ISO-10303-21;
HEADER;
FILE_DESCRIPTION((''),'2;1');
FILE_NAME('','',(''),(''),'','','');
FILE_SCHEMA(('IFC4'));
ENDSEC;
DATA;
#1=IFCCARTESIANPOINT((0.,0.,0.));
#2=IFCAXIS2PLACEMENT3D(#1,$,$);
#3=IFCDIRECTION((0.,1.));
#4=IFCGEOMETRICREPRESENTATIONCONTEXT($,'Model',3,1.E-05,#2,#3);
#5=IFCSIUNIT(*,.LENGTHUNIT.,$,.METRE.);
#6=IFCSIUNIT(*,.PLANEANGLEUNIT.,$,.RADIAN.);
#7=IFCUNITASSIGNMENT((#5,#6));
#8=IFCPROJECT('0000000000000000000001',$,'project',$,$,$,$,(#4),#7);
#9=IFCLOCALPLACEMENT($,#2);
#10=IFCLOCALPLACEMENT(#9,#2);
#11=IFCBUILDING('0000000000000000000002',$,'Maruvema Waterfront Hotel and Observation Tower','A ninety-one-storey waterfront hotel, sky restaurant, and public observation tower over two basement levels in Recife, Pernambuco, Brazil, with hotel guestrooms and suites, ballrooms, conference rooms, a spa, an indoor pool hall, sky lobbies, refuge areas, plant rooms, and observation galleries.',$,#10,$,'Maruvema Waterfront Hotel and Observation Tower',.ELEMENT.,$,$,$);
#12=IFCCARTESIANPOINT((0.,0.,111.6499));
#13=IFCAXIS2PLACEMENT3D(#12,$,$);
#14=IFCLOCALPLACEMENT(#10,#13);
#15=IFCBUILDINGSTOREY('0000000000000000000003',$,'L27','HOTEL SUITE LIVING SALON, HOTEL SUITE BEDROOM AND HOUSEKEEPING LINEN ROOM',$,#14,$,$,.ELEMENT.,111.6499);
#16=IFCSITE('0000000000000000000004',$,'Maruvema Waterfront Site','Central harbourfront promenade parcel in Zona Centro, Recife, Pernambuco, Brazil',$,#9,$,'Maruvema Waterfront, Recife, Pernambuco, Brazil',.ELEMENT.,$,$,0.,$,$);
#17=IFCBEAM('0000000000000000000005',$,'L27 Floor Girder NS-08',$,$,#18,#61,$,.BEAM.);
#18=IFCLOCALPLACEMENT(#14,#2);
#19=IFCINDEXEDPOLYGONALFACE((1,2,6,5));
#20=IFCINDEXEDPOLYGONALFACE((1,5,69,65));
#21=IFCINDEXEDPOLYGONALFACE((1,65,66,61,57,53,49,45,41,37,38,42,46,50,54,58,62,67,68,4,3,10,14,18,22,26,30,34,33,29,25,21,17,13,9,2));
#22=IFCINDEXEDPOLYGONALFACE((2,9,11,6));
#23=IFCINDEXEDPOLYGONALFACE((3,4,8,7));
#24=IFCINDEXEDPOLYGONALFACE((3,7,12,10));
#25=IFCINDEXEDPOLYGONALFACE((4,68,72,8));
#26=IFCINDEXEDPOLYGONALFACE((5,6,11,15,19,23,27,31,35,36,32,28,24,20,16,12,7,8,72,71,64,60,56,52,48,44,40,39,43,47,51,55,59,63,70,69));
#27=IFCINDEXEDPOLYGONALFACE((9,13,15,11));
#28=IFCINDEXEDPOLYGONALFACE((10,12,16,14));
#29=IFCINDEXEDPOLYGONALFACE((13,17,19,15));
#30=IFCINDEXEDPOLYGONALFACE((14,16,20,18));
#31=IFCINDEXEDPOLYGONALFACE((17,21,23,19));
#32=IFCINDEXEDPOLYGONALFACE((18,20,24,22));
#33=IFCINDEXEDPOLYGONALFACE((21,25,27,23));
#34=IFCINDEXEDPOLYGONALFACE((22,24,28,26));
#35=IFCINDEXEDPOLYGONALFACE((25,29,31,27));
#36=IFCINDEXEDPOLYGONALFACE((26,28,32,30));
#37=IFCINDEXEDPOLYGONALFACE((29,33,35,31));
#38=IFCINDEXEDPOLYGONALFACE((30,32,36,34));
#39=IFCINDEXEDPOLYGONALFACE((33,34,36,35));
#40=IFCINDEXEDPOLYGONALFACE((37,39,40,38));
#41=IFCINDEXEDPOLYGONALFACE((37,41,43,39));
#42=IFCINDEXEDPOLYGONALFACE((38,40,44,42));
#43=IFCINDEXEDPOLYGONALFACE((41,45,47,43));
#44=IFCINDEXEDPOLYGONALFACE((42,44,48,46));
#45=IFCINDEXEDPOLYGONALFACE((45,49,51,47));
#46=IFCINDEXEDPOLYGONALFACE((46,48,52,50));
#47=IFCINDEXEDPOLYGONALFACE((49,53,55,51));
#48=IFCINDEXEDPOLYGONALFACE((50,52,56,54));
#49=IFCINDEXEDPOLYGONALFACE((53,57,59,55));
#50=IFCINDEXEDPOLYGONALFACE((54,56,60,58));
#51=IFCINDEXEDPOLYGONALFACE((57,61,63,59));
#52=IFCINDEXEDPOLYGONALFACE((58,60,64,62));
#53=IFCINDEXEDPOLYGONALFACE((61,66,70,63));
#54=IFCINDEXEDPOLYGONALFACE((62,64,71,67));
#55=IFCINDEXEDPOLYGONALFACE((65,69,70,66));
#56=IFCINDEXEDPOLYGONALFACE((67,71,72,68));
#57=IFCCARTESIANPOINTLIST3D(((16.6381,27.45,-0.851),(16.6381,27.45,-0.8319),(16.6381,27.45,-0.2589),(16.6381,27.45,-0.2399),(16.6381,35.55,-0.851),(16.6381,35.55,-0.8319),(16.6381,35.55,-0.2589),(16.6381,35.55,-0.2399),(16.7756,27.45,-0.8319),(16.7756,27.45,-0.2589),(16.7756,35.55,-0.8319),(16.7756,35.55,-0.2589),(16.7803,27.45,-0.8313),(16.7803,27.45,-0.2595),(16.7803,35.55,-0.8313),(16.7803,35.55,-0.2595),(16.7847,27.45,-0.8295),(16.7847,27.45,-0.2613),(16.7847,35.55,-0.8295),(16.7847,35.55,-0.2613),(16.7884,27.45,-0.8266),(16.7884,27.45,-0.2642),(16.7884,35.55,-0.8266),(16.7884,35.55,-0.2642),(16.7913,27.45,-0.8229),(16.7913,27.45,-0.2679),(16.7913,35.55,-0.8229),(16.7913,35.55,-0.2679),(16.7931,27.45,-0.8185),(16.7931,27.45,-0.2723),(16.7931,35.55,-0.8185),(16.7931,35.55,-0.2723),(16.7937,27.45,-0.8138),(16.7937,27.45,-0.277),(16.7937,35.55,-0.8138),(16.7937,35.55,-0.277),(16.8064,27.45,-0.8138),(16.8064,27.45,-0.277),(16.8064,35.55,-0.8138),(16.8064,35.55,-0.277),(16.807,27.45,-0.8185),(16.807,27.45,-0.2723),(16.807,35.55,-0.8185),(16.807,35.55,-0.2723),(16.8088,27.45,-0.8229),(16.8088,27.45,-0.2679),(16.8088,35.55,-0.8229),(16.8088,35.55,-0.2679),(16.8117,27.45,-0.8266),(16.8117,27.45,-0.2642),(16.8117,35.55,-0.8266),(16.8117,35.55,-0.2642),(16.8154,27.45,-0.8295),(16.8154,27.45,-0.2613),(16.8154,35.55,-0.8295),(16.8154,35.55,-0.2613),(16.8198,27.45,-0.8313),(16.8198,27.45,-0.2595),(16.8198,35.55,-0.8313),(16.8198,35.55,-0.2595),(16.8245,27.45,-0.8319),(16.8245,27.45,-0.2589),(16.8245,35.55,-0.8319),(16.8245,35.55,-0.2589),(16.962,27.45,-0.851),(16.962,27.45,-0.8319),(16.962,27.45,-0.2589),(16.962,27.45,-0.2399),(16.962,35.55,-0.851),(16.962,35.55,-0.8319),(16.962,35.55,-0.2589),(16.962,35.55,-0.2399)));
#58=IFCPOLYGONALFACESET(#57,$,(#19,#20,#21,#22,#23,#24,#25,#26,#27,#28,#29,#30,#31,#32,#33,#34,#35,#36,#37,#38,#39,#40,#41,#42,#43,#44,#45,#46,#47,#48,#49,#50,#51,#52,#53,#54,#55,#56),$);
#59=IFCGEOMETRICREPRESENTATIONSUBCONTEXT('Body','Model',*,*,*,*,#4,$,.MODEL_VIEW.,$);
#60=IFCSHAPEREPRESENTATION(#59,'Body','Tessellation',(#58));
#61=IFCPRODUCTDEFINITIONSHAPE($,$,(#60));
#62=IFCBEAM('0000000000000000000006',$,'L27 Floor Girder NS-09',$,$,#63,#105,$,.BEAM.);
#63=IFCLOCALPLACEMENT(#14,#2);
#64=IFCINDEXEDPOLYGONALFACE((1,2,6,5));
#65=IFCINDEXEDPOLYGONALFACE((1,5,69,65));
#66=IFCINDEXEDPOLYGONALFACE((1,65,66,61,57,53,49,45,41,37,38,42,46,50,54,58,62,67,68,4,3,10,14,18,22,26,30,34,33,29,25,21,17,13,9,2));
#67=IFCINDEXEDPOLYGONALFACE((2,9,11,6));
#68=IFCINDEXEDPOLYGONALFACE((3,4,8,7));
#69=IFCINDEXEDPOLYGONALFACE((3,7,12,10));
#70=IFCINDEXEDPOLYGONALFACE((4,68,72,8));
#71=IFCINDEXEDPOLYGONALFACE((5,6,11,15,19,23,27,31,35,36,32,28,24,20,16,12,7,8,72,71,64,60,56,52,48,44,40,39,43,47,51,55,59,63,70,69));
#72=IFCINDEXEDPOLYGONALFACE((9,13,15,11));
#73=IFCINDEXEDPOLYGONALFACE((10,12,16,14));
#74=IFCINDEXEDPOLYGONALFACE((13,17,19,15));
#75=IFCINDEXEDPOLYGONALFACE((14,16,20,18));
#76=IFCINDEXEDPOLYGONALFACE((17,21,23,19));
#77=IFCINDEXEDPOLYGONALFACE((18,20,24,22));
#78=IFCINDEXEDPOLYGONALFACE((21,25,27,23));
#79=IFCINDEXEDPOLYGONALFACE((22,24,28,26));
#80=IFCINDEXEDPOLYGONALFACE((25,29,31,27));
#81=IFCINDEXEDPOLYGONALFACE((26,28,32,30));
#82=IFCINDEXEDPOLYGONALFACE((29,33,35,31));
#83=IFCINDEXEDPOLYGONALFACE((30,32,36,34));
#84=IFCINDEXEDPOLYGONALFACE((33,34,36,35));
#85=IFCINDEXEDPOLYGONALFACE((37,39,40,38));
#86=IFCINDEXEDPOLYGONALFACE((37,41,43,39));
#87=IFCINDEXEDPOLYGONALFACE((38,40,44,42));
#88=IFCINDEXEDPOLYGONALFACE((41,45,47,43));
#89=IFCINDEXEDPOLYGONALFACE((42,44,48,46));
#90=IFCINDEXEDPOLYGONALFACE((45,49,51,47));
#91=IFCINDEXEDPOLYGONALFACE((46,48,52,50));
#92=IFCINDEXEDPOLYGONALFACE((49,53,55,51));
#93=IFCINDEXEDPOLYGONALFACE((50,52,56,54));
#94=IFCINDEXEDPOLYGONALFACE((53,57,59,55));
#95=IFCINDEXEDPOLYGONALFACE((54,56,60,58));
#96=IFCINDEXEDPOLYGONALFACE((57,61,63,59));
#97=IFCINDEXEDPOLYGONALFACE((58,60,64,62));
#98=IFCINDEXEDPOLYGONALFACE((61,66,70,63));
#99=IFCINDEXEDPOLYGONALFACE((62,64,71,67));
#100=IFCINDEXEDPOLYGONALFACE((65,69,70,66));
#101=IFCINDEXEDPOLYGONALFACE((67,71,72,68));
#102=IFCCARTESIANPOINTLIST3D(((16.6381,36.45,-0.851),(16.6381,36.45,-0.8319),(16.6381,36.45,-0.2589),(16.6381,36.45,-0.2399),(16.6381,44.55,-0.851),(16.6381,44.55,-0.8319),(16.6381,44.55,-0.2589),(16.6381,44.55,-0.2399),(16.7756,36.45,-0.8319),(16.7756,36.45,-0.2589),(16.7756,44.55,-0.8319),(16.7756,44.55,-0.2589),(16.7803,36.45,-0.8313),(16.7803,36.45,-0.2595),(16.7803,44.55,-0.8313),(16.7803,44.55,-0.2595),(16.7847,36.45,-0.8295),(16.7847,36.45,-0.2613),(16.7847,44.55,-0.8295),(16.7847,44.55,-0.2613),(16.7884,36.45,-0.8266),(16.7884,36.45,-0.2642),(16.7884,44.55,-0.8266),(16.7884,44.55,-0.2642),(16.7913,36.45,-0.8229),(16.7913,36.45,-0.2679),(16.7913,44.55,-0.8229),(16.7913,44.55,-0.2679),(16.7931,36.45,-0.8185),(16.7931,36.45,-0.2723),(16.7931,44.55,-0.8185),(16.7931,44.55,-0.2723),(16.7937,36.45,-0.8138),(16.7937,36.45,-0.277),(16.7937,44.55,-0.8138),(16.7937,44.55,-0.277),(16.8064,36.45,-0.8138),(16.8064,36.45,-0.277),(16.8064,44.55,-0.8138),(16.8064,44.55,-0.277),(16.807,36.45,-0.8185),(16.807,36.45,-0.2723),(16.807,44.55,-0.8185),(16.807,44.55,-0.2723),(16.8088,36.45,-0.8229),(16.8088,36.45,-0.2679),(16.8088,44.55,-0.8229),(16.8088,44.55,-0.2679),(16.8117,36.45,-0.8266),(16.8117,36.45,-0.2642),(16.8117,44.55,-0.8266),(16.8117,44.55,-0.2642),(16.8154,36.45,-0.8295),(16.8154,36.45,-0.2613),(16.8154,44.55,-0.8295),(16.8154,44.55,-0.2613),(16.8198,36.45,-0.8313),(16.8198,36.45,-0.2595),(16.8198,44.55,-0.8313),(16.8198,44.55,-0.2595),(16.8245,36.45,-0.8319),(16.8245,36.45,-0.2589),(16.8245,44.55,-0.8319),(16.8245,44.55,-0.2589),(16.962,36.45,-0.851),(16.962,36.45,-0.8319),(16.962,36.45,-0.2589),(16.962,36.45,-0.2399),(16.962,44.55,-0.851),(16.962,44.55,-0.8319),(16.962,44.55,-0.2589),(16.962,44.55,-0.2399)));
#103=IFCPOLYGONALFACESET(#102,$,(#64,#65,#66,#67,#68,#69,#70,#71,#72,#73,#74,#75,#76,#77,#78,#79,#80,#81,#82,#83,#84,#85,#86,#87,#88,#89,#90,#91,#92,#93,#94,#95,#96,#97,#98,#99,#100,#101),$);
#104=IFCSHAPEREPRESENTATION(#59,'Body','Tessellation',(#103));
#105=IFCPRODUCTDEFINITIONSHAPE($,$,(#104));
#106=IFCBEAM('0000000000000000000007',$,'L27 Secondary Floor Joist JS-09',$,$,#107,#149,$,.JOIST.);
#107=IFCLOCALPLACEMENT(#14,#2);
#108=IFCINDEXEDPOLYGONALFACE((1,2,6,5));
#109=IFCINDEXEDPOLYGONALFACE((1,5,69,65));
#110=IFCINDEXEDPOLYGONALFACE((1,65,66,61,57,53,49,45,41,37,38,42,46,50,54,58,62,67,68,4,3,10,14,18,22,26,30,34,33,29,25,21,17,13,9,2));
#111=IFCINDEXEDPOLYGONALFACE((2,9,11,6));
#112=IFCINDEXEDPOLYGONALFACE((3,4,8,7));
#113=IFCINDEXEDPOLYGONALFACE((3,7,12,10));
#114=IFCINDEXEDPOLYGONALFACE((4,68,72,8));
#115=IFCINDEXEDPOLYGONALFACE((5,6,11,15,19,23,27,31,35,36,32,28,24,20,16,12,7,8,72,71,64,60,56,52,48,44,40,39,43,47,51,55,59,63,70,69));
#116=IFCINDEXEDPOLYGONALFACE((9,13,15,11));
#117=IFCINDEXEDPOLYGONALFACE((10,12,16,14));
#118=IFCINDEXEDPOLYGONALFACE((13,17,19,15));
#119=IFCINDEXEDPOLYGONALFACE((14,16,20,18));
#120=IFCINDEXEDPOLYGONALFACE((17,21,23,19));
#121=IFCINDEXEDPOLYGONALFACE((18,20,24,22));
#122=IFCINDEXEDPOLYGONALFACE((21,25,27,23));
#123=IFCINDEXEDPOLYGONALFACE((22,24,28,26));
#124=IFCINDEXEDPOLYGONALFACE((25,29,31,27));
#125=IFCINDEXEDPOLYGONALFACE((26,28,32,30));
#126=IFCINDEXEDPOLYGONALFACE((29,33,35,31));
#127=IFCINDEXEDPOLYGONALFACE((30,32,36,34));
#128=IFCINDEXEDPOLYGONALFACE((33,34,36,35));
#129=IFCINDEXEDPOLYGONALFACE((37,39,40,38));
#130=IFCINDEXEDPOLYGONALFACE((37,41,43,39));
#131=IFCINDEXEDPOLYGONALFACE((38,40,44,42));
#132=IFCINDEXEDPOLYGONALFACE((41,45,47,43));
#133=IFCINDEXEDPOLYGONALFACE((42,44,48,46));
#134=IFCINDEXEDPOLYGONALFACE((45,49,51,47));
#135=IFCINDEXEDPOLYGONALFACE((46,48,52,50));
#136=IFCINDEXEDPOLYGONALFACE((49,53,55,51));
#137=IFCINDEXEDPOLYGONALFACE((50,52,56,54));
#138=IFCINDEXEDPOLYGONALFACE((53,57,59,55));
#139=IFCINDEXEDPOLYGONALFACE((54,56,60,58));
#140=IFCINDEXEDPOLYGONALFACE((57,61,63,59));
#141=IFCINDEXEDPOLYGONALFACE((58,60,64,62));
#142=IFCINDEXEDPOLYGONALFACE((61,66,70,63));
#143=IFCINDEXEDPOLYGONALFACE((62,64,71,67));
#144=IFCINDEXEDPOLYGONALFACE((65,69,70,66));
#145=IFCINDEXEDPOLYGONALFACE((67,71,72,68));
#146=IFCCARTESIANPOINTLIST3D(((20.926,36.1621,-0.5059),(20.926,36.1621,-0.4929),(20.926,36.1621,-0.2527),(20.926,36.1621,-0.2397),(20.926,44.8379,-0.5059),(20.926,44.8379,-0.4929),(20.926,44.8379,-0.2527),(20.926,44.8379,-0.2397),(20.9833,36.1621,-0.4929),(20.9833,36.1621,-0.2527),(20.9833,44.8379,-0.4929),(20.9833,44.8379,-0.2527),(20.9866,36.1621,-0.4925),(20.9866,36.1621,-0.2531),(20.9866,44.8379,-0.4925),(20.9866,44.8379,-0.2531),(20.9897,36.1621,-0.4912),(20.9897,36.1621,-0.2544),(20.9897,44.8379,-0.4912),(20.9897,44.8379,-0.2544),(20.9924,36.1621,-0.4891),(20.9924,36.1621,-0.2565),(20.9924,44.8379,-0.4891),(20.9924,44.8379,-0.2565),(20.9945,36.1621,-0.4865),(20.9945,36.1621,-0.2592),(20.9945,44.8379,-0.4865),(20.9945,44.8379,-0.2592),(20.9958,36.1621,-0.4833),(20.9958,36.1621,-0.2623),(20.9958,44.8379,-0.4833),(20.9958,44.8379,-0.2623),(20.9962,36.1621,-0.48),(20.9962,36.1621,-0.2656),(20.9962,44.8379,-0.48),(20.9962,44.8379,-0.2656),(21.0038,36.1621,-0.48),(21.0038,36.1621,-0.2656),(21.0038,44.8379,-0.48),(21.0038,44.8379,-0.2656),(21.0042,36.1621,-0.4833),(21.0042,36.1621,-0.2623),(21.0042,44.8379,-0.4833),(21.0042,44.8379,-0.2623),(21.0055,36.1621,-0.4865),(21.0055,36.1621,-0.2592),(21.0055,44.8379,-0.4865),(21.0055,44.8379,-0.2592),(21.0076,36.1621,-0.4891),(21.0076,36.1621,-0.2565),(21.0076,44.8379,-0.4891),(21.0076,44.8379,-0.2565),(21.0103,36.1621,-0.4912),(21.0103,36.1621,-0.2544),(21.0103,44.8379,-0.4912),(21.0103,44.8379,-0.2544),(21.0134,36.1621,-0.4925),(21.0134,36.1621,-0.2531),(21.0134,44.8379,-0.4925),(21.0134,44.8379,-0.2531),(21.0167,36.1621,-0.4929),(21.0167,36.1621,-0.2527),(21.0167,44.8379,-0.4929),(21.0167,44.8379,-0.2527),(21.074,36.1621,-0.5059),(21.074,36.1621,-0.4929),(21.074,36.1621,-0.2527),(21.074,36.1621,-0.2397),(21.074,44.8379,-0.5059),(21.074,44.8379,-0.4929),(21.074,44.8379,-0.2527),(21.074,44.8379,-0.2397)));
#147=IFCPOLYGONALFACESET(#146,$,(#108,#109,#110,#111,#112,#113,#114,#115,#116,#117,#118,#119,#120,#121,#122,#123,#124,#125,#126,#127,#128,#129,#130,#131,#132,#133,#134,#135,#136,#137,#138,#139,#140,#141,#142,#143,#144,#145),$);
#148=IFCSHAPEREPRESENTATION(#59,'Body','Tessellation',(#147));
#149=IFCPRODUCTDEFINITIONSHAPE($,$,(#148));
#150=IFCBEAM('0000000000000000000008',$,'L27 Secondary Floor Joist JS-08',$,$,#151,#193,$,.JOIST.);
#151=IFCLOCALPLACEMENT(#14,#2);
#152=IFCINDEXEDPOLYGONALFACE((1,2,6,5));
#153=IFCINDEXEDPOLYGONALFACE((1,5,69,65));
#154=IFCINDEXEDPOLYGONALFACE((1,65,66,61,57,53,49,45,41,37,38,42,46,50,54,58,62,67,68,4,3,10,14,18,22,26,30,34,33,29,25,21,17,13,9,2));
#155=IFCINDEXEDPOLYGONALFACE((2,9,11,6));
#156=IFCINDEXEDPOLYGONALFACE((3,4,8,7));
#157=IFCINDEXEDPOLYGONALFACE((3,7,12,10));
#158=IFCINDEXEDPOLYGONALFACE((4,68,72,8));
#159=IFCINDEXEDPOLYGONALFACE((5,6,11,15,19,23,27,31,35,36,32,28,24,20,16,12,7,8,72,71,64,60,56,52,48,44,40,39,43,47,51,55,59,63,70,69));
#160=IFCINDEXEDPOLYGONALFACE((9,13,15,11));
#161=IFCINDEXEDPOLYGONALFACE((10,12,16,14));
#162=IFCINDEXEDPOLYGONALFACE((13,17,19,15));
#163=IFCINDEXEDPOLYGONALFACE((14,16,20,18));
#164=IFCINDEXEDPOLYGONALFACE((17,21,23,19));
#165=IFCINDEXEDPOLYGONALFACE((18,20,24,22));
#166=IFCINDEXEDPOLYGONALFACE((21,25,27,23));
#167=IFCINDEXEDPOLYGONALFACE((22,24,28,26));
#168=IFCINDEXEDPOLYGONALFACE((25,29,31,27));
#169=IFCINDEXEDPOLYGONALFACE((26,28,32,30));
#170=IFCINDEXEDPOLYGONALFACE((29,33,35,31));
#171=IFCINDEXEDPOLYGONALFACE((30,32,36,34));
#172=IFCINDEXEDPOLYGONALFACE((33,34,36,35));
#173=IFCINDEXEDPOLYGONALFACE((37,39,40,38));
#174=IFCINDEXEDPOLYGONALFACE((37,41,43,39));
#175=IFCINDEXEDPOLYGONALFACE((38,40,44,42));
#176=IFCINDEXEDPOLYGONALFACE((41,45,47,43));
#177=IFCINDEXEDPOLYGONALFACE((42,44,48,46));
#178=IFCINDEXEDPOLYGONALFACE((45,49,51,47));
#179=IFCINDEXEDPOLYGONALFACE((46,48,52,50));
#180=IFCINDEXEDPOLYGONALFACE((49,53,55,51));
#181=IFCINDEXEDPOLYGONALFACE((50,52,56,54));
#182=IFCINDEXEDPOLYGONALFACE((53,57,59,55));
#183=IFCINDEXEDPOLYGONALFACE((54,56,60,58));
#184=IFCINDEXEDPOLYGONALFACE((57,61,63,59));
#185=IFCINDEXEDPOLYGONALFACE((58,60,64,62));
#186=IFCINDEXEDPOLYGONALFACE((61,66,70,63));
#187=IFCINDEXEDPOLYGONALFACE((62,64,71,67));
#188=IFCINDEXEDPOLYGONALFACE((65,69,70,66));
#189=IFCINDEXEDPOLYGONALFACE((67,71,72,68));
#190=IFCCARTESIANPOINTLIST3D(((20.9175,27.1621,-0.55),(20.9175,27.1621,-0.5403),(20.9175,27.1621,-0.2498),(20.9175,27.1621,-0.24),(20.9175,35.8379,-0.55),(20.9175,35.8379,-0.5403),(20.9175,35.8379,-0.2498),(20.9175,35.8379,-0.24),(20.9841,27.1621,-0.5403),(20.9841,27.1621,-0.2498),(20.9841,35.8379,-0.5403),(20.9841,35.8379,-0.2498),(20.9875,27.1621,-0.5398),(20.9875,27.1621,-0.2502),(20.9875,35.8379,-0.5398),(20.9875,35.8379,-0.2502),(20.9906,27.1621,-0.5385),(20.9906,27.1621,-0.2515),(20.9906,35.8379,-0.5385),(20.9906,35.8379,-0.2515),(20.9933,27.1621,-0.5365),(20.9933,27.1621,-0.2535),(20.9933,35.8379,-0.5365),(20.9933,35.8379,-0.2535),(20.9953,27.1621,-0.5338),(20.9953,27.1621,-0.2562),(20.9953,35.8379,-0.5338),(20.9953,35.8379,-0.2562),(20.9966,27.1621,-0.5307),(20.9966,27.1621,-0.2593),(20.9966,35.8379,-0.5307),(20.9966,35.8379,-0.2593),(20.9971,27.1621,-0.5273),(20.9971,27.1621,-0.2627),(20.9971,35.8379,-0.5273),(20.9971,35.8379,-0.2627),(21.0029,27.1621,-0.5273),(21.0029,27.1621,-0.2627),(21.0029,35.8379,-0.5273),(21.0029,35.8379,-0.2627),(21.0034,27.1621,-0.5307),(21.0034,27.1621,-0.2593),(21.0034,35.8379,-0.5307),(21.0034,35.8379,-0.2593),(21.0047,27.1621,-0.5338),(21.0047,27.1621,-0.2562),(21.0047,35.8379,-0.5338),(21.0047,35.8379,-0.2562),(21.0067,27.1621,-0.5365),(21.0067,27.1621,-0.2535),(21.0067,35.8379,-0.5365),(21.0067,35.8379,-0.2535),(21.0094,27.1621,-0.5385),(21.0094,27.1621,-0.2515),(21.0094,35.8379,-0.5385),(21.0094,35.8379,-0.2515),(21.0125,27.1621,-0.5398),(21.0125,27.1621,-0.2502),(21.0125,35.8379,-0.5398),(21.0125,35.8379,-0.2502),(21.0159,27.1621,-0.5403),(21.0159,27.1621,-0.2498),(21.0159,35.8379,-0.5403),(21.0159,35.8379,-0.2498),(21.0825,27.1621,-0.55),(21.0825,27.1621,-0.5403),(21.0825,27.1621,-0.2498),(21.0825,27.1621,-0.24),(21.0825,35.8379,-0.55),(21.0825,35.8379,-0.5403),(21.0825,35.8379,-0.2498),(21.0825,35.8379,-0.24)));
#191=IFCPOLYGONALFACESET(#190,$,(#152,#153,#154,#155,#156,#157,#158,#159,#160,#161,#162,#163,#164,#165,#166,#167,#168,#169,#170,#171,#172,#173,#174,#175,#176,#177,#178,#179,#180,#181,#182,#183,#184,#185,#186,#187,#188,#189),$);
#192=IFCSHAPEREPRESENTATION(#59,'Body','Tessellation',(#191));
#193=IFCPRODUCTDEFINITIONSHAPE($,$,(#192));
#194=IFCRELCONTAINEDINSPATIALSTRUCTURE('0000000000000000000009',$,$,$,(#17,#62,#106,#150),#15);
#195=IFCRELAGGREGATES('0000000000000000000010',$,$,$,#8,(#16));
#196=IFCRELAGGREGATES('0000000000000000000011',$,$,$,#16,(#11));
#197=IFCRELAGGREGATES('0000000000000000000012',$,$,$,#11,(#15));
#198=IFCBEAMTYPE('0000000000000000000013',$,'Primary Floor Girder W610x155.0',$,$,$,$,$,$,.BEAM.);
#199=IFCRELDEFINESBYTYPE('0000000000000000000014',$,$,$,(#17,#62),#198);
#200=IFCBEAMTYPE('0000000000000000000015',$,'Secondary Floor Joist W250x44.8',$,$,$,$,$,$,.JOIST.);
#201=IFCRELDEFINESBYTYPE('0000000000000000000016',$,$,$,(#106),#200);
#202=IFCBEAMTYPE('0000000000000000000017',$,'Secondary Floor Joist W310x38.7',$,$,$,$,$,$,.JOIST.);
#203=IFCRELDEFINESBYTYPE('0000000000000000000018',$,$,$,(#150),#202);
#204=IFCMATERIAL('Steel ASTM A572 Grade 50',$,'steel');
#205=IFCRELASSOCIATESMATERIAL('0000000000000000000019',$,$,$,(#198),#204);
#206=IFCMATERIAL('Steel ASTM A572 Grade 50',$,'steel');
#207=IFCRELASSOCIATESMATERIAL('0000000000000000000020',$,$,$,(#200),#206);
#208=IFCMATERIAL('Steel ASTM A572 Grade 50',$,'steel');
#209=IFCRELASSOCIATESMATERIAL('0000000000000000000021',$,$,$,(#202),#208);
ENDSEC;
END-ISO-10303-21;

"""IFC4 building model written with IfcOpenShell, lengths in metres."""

from ifc_helpers import new_model, si_unit, direction, frame, origin, origin_2d, place, context, subcontext, project, spatial, i_section, extrude, material, material_profile, profile_set, type_object, element, save


model = new_model("IFC4")

# Units and contexts
model_context = context("Model", 3, precision=1e-05, world=origin(), true_north=direction((0.0, 1.0)))
body_context = subcontext(model_context, "Body", "Model", "MODEL_VIEW")
ifc_project = project(units=[si_unit("LENGTHUNIT", "METRE"), si_unit("PLANEANGLEUNIT", "RADIAN")], contexts=[model_context])

# Site, building, storey
site_placement = place(None, origin())
site = spatial("IfcSite", under=ifc_project, at=site_placement, Name="Maruvema Waterfront Site", Description="Central harbourfront promenade parcel in Zona Centro, Recife, Pernambuco, Brazil", LongName="Maruvema Waterfront, Recife, Pernambuco, Brazil", CompositionType="ELEMENT", RefElevation=0.0)
building_placement = place(site_placement, origin())
building = spatial("IfcBuilding", under=site, at=building_placement, Name="Maruvema Waterfront Hotel and Observation Tower", Description="A ninety-one-storey waterfront hotel, sky restaurant, and public observation tower over two basement levels in Recife, Pernambuco, Brazil, with hotel guestrooms and suites, ballrooms, conference rooms, a spa, an indoor pool hall, sky lobbies, refuge areas, plant rooms, and observation galleries.", LongName="Maruvema Waterfront Hotel and Observation Tower", CompositionType="ELEMENT")
storey_placement = place(building_placement, frame((0.0, 0.0, 111.6499)))
storey = spatial("IfcBuildingStorey", under=building, at=storey_placement, Name="L27", Description="HOTEL SUITE LIVING SALON, HOTEL SUITE BEDROOM AND HOUSEKEEPING LINEN ROOM", CompositionType="ELEMENT", Elevation=111.6499)

# Beams
ifc_material_1 = material(Name="Steel ASTM A572 Grade 50", Category="steel")
ifc_material_profile_1 = material_profile(ifc_material_1, i_section(OverallWidth=0.324, OverallDepth=0.6111, WebThickness=0.0127, FlangeThickness=0.019, FilletRadius=0.0181, at=origin_2d()), Name="W610x155.0")
ifc_profile_set_1 = profile_set([ifc_material_profile_1], Name="Steel ASTM A572 Grade 50")
beam_type_1 = type_object("IfcBeamType", Name="Primary Floor Girder W610x155.0", PredefinedType="BEAM", material=ifc_profile_set_1)
for number, where, z_axis, x_axis, name in (
    (1, (16.8, 27.45, -0.5454), (0.0, 1.0, 0.0), (-1.0, 0.0, 0.0), "L27 Floor Girder NS-08"),
    (2, (16.8, 36.45, -0.5454), (0.0, 1.0, 0.0), (-1.0, 0.0, 0.0), "L27 Floor Girder NS-09"),
):
    element("IfcBeam", number, at=place(storey_placement, frame(where, z_axis=z_axis, x_axis=x_axis)), inside=storey, type_object=beam_type_1, Name=name, PredefinedType="BEAM", context=body_context, shape_type="SweptSolid", body=[
        extrude(i_section(OverallWidth=0.324, OverallDepth=0.6111, WebThickness=0.0127, FlangeThickness=0.019, FilletRadius=0.0181, at=origin_2d()), origin(), (0.0, 0.0, 1.0), 8.1001),
    ])
ifc_material_2 = material(Name="Steel ASTM A572 Grade 50", Category="steel")
ifc_material_profile_2 = material_profile(ifc_material_2, i_section(OverallWidth=0.1479, OverallDepth=0.2661, WebThickness=0.0076, FlangeThickness=0.0129, FilletRadius=0.0129, at=origin_2d()), Name="W250x44.8")
ifc_profile_set_2 = profile_set([ifc_material_profile_2], Name="Steel ASTM A572 Grade 50")
beam_type_2 = type_object("IfcBeamType", Name="Secondary Floor Joist W250x44.8", PredefinedType="JOIST", material=ifc_profile_set_2)
beam_1_placement = place(storey_placement, frame((21.0, 36.1621, -0.3728), z_axis=(0.0, 1.0, 0.0), x_axis=(-1.0, 0.0, 0.0)))
element("IfcBeam", 3, at=beam_1_placement, inside=storey, type_object=beam_type_2, Name="L27 Secondary Floor Joist JS-09", PredefinedType="JOIST", context=body_context, shape_type="SweptSolid", body=[
    extrude(i_section(OverallWidth=0.1479, OverallDepth=0.2661, WebThickness=0.0076, FlangeThickness=0.0129, FilletRadius=0.0129, at=origin_2d()), origin(), (0.0, 0.0, 1.0), 8.6758),
])
ifc_material_3 = material(Name="Steel ASTM A572 Grade 50", Category="steel")
ifc_material_profile_3 = material_profile(ifc_material_3, i_section(OverallWidth=0.165, OverallDepth=0.3101, WebThickness=0.0059, FlangeThickness=0.0098, FilletRadius=0.0129, at=origin_2d()), Name="W310x38.7")
ifc_profile_set_3 = profile_set([ifc_material_profile_3], Name="Steel ASTM A572 Grade 50")
beam_type_3 = type_object("IfcBeamType", Name="Secondary Floor Joist W310x38.7", PredefinedType="JOIST", material=ifc_profile_set_3)
beam_2_placement = place(storey_placement, frame((21.0, 27.1621, -0.395), z_axis=(0.0, 1.0, 0.0), x_axis=(-1.0, 0.0, 0.0)))
element("IfcBeam", 4, at=beam_2_placement, inside=storey, type_object=beam_type_3, Name="L27 Secondary Floor Joist JS-08", PredefinedType="JOIST", context=body_context, shape_type="SweptSolid", body=[
    extrude(i_section(OverallWidth=0.165, OverallDepth=0.3101, WebThickness=0.0059, FlangeThickness=0.0098, FilletRadius=0.0129, at=origin_2d()), origin(), (0.0, 0.0, 1.0), 8.6758),
])

save(model, "model.ifc")
